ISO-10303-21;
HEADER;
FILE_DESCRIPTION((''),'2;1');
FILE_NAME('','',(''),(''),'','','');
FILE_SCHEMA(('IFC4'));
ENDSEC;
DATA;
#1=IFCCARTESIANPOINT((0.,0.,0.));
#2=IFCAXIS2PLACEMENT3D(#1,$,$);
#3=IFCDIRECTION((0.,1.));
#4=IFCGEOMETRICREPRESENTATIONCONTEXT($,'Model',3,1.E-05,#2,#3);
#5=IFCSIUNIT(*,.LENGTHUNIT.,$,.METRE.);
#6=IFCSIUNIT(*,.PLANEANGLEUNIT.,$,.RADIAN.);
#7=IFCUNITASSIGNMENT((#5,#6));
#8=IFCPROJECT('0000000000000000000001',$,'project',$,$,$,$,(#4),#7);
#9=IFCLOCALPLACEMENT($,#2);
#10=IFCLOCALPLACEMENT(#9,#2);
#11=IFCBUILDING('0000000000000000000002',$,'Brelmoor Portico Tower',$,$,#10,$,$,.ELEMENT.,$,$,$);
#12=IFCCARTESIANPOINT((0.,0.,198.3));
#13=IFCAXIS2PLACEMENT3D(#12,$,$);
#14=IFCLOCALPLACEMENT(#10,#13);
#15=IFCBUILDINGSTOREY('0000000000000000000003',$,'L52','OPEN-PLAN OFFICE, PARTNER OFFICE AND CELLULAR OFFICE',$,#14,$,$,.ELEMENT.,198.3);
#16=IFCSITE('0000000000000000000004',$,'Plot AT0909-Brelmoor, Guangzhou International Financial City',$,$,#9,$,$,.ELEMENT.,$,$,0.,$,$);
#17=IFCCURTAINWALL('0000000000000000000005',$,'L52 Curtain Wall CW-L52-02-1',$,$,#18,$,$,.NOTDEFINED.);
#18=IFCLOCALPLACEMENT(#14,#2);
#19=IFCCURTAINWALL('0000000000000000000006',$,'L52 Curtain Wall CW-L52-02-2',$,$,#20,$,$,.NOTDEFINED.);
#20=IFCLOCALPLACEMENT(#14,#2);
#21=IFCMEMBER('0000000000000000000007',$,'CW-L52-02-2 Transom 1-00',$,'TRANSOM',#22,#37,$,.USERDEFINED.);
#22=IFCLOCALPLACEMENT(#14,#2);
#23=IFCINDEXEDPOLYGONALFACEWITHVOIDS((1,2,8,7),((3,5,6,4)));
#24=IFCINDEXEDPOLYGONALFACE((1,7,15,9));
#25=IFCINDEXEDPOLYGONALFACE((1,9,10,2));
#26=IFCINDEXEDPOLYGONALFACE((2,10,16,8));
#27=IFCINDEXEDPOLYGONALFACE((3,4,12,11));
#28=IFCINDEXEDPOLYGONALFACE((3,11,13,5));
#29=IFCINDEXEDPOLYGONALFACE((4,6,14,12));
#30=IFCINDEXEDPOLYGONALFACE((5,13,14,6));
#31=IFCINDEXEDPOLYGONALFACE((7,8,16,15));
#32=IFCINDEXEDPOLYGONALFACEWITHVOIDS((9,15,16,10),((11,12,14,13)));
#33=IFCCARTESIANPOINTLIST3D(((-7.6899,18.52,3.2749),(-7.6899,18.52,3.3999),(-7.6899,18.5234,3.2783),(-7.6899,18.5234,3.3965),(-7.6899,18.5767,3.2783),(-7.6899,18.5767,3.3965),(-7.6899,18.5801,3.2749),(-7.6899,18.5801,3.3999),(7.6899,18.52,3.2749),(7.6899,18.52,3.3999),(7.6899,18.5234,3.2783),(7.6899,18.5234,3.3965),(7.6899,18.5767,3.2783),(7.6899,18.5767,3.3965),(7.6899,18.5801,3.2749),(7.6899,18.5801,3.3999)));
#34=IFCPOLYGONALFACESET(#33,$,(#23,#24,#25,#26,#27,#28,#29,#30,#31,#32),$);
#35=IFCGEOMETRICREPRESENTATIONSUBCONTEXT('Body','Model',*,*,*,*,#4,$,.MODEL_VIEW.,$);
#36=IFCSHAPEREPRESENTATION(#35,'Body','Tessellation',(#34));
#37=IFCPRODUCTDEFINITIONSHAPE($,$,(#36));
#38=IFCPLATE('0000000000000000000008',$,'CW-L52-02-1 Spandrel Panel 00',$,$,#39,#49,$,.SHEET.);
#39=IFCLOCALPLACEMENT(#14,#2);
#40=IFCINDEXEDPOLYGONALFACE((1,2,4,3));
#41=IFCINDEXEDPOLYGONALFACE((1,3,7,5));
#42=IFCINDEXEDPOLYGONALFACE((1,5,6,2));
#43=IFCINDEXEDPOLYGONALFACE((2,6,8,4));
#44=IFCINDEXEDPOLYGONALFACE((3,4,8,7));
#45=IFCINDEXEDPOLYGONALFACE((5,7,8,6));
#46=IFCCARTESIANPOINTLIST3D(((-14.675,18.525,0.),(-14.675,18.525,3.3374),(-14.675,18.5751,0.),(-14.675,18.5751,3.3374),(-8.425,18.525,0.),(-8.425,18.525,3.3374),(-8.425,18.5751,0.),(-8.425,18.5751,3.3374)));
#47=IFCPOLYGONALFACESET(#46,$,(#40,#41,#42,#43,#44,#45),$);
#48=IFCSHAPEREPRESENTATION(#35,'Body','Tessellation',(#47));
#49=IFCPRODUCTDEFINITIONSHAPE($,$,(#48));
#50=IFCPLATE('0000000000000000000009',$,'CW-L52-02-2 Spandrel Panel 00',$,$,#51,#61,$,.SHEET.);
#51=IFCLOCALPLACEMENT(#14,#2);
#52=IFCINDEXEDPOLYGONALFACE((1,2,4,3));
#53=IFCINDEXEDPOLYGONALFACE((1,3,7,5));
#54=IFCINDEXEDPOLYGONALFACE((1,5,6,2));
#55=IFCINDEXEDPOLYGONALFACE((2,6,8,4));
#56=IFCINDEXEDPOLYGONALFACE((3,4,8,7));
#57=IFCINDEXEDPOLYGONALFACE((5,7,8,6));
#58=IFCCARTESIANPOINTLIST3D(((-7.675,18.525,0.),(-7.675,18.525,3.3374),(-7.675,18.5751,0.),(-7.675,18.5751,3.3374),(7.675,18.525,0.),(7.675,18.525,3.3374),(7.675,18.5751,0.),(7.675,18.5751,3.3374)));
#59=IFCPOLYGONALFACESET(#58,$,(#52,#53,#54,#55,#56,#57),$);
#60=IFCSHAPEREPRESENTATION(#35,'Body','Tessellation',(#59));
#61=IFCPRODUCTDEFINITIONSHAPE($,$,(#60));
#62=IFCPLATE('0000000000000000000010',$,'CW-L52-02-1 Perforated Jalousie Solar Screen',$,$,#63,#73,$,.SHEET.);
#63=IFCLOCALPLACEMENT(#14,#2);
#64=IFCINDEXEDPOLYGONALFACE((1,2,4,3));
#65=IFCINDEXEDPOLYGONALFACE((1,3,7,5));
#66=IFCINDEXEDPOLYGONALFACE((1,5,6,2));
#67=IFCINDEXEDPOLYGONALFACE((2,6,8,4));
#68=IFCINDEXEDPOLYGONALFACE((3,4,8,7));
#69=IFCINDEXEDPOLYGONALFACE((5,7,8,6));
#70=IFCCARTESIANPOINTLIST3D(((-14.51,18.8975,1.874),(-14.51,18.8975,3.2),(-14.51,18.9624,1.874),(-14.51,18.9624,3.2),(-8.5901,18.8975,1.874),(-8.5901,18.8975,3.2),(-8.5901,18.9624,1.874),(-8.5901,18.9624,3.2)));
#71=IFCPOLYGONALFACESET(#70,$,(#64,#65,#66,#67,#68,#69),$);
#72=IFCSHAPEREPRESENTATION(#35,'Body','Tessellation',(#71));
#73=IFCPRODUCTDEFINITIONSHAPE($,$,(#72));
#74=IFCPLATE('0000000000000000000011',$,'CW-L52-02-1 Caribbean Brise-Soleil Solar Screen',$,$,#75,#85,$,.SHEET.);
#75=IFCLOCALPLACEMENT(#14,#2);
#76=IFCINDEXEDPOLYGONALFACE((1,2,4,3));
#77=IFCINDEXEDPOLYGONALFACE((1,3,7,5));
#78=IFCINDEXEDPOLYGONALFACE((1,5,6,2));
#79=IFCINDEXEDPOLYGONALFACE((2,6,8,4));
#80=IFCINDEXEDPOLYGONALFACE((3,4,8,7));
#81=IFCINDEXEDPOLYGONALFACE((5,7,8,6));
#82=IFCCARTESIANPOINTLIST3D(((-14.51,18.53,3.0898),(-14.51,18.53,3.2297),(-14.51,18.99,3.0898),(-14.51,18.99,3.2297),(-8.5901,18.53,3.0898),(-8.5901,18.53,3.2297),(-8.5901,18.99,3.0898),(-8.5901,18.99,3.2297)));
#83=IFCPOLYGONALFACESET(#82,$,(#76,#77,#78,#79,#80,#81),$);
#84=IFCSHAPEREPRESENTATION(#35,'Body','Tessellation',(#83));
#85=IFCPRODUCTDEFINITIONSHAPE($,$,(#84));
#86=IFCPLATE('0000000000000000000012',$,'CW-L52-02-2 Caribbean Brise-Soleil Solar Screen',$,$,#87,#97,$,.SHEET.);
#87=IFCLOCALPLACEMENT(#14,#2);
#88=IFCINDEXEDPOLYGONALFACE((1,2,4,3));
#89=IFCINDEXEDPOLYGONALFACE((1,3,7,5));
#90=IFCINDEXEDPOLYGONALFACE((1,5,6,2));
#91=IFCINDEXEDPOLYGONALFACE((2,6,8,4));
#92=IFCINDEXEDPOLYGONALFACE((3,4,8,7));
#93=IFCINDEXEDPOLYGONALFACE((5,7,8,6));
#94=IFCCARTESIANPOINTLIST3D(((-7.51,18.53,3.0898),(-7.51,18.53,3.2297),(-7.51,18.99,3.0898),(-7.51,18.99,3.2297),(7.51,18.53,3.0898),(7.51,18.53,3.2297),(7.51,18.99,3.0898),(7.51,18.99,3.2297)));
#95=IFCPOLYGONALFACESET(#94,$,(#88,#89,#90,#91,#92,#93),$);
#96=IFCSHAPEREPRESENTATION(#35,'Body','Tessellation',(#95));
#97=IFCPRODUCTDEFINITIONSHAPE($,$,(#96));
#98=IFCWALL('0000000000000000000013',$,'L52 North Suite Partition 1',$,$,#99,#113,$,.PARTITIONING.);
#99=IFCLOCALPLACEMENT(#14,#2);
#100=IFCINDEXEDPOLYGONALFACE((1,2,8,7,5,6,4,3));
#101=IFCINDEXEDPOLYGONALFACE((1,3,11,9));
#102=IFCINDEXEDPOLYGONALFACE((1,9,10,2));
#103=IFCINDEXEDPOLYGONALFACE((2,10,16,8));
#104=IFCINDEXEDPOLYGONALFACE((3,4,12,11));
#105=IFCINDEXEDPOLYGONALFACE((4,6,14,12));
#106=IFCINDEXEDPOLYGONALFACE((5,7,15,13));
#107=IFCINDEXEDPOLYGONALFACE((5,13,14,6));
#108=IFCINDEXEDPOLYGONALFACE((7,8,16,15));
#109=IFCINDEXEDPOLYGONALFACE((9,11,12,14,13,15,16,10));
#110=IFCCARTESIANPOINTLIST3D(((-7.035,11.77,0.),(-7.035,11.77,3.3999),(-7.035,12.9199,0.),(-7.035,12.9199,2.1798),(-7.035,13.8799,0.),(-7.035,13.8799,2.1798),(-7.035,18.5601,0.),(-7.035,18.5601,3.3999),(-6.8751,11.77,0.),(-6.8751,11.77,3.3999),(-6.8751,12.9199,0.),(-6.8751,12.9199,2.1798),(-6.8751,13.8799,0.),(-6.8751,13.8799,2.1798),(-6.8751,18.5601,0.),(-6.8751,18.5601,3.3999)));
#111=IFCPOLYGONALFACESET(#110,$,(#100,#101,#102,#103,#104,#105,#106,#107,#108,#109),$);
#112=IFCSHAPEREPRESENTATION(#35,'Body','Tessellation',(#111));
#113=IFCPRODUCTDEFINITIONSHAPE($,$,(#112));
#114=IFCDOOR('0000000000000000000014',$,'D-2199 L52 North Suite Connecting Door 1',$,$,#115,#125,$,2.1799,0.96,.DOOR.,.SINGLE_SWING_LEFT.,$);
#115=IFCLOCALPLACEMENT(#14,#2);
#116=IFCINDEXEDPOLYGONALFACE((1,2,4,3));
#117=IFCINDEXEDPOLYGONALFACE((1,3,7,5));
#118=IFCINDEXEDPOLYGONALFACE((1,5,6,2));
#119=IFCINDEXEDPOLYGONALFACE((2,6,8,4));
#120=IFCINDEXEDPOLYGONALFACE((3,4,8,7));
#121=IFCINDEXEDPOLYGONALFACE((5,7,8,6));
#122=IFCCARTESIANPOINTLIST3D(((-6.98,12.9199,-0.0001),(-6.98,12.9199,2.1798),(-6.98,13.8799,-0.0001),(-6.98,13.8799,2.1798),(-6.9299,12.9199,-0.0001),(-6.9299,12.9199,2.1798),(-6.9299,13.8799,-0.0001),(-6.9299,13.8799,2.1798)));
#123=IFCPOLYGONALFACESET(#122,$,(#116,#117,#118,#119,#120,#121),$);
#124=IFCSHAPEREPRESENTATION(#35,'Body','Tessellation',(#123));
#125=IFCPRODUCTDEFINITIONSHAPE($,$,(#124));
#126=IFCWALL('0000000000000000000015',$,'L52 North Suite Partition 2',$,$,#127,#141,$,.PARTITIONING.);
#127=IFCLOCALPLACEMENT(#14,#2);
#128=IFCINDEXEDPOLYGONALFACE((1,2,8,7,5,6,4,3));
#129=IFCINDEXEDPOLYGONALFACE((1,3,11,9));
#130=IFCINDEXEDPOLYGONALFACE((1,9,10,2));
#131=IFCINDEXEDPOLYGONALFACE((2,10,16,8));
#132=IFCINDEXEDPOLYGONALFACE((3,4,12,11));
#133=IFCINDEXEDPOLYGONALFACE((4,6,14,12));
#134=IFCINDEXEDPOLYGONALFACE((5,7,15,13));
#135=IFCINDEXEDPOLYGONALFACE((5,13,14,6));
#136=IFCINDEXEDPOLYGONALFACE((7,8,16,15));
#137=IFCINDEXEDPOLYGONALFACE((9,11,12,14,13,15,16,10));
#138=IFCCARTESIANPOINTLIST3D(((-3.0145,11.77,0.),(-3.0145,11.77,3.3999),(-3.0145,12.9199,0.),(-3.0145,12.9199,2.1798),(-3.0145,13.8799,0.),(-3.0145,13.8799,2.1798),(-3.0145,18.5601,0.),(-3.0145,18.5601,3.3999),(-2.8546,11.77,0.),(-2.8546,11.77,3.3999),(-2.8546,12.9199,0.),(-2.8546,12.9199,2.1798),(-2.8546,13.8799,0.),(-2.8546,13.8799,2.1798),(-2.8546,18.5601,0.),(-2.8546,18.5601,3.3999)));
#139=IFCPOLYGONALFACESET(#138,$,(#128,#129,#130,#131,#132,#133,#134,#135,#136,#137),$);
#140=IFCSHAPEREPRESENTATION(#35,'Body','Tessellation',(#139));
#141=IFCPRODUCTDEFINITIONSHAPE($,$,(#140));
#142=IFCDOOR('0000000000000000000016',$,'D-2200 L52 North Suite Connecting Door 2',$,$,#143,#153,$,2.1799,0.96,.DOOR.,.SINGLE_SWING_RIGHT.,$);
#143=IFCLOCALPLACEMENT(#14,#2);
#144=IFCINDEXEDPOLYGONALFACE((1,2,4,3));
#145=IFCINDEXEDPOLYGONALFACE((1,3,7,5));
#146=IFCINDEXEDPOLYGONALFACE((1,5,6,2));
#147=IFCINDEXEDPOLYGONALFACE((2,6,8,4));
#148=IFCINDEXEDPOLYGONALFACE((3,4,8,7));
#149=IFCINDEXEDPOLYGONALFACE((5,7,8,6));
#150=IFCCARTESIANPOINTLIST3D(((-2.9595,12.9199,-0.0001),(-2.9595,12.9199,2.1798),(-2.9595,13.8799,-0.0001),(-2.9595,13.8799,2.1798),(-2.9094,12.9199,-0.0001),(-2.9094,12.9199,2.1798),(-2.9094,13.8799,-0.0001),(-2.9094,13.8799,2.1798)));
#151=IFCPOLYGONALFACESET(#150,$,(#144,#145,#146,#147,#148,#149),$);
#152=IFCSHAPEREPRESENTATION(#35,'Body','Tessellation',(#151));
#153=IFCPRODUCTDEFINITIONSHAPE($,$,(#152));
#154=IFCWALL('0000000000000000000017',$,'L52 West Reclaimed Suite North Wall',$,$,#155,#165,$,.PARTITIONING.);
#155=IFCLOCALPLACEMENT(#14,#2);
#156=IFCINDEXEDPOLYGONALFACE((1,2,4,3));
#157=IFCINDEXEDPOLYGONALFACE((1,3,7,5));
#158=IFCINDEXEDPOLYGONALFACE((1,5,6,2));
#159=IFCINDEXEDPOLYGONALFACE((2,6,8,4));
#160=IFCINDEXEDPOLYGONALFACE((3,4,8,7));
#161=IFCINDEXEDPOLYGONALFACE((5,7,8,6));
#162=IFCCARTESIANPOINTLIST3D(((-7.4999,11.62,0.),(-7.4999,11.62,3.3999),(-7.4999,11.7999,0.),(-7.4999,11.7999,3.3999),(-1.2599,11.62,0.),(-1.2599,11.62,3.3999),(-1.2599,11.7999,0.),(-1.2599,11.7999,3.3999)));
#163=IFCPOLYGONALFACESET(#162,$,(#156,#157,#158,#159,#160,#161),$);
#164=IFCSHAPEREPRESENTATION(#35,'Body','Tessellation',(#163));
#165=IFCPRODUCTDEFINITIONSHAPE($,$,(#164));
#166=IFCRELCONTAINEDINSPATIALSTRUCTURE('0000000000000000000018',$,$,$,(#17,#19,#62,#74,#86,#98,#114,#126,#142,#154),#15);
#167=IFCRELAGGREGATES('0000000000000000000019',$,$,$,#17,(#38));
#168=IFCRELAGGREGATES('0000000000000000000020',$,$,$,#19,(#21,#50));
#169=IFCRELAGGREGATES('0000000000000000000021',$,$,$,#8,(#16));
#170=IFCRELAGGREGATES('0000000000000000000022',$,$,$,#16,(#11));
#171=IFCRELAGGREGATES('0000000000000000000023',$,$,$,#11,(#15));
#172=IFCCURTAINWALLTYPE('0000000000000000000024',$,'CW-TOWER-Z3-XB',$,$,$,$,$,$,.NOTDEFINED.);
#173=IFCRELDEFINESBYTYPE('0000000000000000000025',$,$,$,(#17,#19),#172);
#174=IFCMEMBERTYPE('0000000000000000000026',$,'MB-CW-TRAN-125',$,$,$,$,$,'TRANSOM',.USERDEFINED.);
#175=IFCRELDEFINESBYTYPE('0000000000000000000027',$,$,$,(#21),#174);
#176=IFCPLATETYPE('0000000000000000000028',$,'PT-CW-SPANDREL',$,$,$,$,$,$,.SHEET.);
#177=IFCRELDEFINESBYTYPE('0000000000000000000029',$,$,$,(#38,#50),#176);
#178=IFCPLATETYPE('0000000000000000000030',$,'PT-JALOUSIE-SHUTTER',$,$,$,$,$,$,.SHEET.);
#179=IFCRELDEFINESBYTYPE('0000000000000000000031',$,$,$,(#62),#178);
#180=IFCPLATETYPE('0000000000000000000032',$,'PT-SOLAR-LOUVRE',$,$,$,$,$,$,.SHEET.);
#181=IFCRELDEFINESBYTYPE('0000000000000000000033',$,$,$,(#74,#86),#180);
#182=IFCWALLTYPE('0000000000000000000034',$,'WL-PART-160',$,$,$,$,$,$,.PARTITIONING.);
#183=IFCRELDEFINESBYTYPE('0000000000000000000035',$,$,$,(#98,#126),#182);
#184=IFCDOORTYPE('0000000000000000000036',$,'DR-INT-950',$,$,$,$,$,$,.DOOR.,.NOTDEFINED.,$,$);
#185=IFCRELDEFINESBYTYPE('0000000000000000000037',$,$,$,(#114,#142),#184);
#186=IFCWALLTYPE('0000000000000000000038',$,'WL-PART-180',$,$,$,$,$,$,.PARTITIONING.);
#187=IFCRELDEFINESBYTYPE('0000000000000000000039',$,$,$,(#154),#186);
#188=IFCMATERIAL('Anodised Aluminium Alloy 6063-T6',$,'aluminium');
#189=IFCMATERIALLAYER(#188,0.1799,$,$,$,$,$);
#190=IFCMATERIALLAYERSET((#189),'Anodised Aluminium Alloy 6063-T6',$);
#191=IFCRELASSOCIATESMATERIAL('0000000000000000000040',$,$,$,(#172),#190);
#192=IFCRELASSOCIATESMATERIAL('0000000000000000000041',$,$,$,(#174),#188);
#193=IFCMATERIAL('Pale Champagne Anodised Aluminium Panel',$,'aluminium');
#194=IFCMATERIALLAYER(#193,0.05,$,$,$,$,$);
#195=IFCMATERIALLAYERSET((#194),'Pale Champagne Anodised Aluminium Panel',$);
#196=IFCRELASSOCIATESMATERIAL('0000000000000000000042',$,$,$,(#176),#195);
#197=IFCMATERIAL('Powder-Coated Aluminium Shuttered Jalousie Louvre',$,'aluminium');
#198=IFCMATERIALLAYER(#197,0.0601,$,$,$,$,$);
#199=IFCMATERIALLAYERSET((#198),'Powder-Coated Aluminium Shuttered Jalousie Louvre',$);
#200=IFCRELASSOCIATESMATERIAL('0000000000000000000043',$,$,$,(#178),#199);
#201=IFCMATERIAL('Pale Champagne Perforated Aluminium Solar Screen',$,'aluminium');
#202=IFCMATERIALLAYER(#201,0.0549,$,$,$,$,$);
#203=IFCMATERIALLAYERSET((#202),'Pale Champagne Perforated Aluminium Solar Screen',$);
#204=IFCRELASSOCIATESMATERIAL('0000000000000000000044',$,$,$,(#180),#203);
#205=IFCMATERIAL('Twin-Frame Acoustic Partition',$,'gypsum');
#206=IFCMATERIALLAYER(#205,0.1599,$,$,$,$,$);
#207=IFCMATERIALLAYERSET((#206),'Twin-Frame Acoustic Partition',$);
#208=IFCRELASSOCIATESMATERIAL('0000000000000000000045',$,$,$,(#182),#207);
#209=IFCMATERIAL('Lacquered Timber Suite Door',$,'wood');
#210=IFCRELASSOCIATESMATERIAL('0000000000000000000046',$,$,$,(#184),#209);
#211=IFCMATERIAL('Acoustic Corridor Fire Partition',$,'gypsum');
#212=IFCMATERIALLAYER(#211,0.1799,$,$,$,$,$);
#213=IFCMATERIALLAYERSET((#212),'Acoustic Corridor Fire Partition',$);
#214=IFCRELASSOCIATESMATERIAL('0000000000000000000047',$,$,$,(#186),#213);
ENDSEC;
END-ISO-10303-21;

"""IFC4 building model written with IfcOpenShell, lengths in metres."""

from ifc_helpers import new_model, si_unit, direction, frame, frame_2d, origin, origin_2d, place, context, subcontext, project, spatial, rectangle, hollow_rectangle, extrude, material, layer, layer_set, material_profile, profile_set, type_object, element, fill, aggregate, save


model = new_model("IFC4")

# Units and contexts
model_context = context("Model", 3, precision=1e-05, world=origin(), true_north=direction((0.0, 1.0)))
body_context = subcontext(model_context, "Body", "Model", "MODEL_VIEW")
ifc_project = project(units=[si_unit("LENGTHUNIT", "METRE"), si_unit("PLANEANGLEUNIT", "RADIAN")], contexts=[model_context])

# Site, building, storey
site_placement = place(None, origin())
site = spatial("IfcSite", under=ifc_project, at=site_placement, Name="Plot AT0909-Brelmoor, Guangzhou International Financial City", CompositionType="ELEMENT", RefElevation=0.0)
building_placement = place(site_placement, origin())
building = spatial("IfcBuilding", under=site, at=building_placement, Name="Brelmoor Portico Tower", CompositionType="ELEMENT")
storey_placement = place(building_placement, frame((0.0, 0.0, 198.3)))
storey = spatial("IfcBuildingStorey", under=building, at=storey_placement, Name="L52", Description="OPEN-PLAN OFFICE, PARTNER OFFICE AND CELLULAR OFFICE", CompositionType="ELEMENT", Elevation=198.3)

# Curtain wall
ifc_material_1 = material(Name="Anodised Aluminium Alloy 6063-T6", Category="aluminium")
ifc_layer_1 = layer(ifc_material_1, 0.1799)
ifc_layer_set_1 = layer_set([ifc_layer_1], Name="Anodised Aluminium Alloy 6063-T6")
curtain_wall_type = type_object("IfcCurtainWallType", Name="CW-TOWER-Z3-XB", PredefinedType="NOTDEFINED", material=ifc_layer_set_1)
curtain_wall_1_placement = place(storey_placement, origin())
curtain_wall_1 = element("IfcCurtainWall", 1, at=curtain_wall_1_placement, inside=storey, type_object=curtain_wall_type, Name="L52 Curtain Wall CW-L52-02-1", PredefinedType="NOTDEFINED")

# Curtain wall, member
curtain_wall_2_placement = place(storey_placement, origin())
curtain_wall_2 = element("IfcCurtainWall", 2, at=curtain_wall_2_placement, inside=storey, type_object=curtain_wall_type, Name="L52 Curtain Wall CW-L52-02-2", PredefinedType="NOTDEFINED")
ifc_material_profile_1 = material_profile(ifc_material_1, hollow_rectangle(XDim=0.0601, YDim=0.125, WallThickness=0.0034, at=origin_2d()), Name="ALU TRANSOM 60x125")
ifc_profile_set_1 = profile_set([ifc_material_profile_1], Name="Anodised Aluminium Alloy 6063-T6")
member_type_1 = type_object("IfcMemberType", Name="MB-CW-TRAN-125", ElementType="TRANSOM", PredefinedType="USERDEFINED", material=ifc_profile_set_1)
member_1_placement = place(storey_placement, frame((-7.6899, 18.55, 3.3374), z_axis=(1.0, 0.0, 0.0), x_axis=(0.0, 1.0, 0.0)))
member_1 = element("IfcMember", 3, at=member_1_placement, type_object=member_type_1, Name="CW-L52-02-2 Transom 1-00", ObjectType="TRANSOM", PredefinedType="USERDEFINED", context=body_context, shape_type="SweptSolid", body=[
    extrude(hollow_rectangle(XDim=0.0601, YDim=0.125, WallThickness=0.0034, at=origin_2d()), origin(), (0.0, 0.0, 1.0), 15.3799),
])

# Plates
ifc_material_2 = material(Name="Pale Champagne Anodised Aluminium Panel", Category="aluminium")
ifc_layer_2 = layer(ifc_material_2, 0.05)
ifc_layer_set_2 = layer_set([ifc_layer_2], Name="Pale Champagne Anodised Aluminium Panel")
plate_type_1 = type_object("IfcPlateType", Name="PT-CW-SPANDREL", PredefinedType="SHEET", material=ifc_layer_set_2)
plate_1_placement = place(storey_placement, frame((-11.55, 18.55, 0.0), z_axis=(0.0, 0.0, 1.0), x_axis=(1.0, 0.0, 0.0)))
plate_1 = element("IfcPlate", 4, at=plate_1_placement, type_object=plate_type_1, Name="CW-L52-02-1 Spandrel Panel 00", PredefinedType="SHEET", context=body_context, shape_type="SweptSolid", body=[
    extrude(rectangle(XDim=6.25, YDim=0.05, at=origin_2d()), origin(), (0.0, 0.0, 1.0), 3.3374),
])
aggregate(curtain_wall_1, [plate_1])
plate_2_placement = place(storey_placement, frame((0.0, 18.55, 0.0), z_axis=(0.0, 0.0, 1.0), x_axis=(1.0, 0.0, 0.0)))
plate_2 = element("IfcPlate", 5, at=plate_2_placement, type_object=plate_type_1, Name="CW-L52-02-2 Spandrel Panel 00", PredefinedType="SHEET", context=body_context, shape_type="SweptSolid", body=[
    extrude(rectangle(XDim=15.3501, YDim=0.05, at=origin_2d()), origin(), (0.0, 0.0, 1.0), 3.3374),
])
aggregate(curtain_wall_2, [member_1, plate_2])

# Plates
ifc_material_3 = material(Name="Powder-Coated Aluminium Shuttered Jalousie Louvre", Category="aluminium")
ifc_layer_3 = layer(ifc_material_3, 0.0601)
ifc_layer_set_3 = layer_set([ifc_layer_3], Name="Powder-Coated Aluminium Shuttered Jalousie Louvre")
plate_type_2 = type_object("IfcPlateType", Name="PT-JALOUSIE-SHUTTER", PredefinedType="SHEET", material=ifc_layer_set_3)
plate_3_placement = place(storey_placement, frame((-11.55, 18.9299, 1.874), z_axis=(0.0, 0.0, 1.0), x_axis=(1.0, 0.0, 0.0)))
element("IfcPlate", 6, at=plate_3_placement, inside=storey, type_object=plate_type_2, Name="CW-L52-02-1 Perforated Jalousie Solar Screen", PredefinedType="SHEET", context=body_context, shape_type="SweptSolid", body=[
    extrude(rectangle(XDim=5.9199, YDim=0.0649, at=origin_2d()), origin(), (0.0, 0.0, 1.0), 1.3259),
])
ifc_material_4 = material(Name="Pale Champagne Perforated Aluminium Solar Screen", Category="aluminium")
ifc_layer_4 = layer(ifc_material_4, 0.0549)
ifc_layer_set_4 = layer_set([ifc_layer_4], Name="Pale Champagne Perforated Aluminium Solar Screen")
plate_type_3 = type_object("IfcPlateType", Name="PT-SOLAR-LOUVRE", PredefinedType="SHEET", material=ifc_layer_set_4)
plate_4_placement = place(storey_placement, frame((-11.55, 18.76, 3.0898), z_axis=(0.0, 0.0, 1.0), x_axis=(1.0, 0.0, 0.0)))
element("IfcPlate", 7, at=plate_4_placement, inside=storey, type_object=plate_type_3, Name="CW-L52-02-1 Caribbean Brise-Soleil Solar Screen", PredefinedType="SHEET", context=body_context, shape_type="SweptSolid", body=[
    extrude(rectangle(XDim=5.9199, YDim=0.46, at=origin_2d()), origin(), (0.0, 0.0, 1.0), 0.1399),
])
plate_5_placement = place(storey_placement, frame((0.0, 18.76, 3.0898), z_axis=(0.0, 0.0, 1.0), x_axis=(1.0, 0.0, 0.0)))
element("IfcPlate", 8, at=plate_5_placement, inside=storey, type_object=plate_type_3, Name="CW-L52-02-2 Caribbean Brise-Soleil Solar Screen", PredefinedType="SHEET", context=body_context, shape_type="SweptSolid", body=[
    extrude(rectangle(XDim=15.02, YDim=0.46, at=origin_2d()), origin(), (0.0, 0.0, 1.0), 0.1399),
])

# Walls, openings, doors
ifc_material_5 = material(Name="Twin-Frame Acoustic Partition", Category="gypsum")
ifc_layer_5 = layer(ifc_material_5, 0.1599)
ifc_layer_set_5 = layer_set([ifc_layer_5], Name="Twin-Frame Acoustic Partition")
wall_type_1 = type_object("IfcWallType", Name="WL-PART-160", PredefinedType="PARTITIONING", material=ifc_layer_set_5)
wall_1_placement = place(storey_placement, frame((-6.9551, 11.77, 0.0), z_axis=(0.0, 0.0, 1.0), x_axis=(0.0, 1.0, 0.0)))
wall_1 = element("IfcWall", 9, at=wall_1_placement, inside=storey, type_object=wall_type_1, Name="L52 North Suite Partition 1", PredefinedType="PARTITIONING", context=body_context, shape_type="SweptSolid", body=[
    extrude(rectangle(XDim=6.79, YDim=0.1599, at=frame_2d((3.395, 0.0))), origin(), (0.0, 0.0, 1.0), 3.3999),
])
opening_1_placement = place(wall_1_placement, frame((1.1499, 0.0, 0.0)))
opening_1 = element("IfcOpeningElement", 10, at=opening_1_placement, cuts=wall_1, PredefinedType="OPENING", context=body_context, shape_type="SweptSolid", body=[
    extrude(rectangle(XDim=0.96, YDim=2.1799, at=frame_2d((0.48, 1.0898))), frame((0.0, 0.0898, 0.0), z_axis=(0.0, -1.0, 0.0), x_axis=(1.0, 0.0, 0.0)), (0.0, 0.0, 1.0), 0.1799),
])
ifc_material_6 = material(Name="Lacquered Timber Suite Door", Category="wood")
door_type_1 = type_object("IfcDoorType", Name="DR-INT-950", OperationType="NOTDEFINED", PredefinedType="DOOR", material=ifc_material_6)
door_1_placement = place(opening_1_placement, origin())
door_1 = element("IfcDoor", 11, at=door_1_placement, inside=storey, type_object=door_type_1, Name="D-2199 L52 North Suite Connecting Door 1", OperationType="SINGLE_SWING_LEFT", OverallHeight=2.1799, OverallWidth=0.96, PredefinedType="DOOR", context=body_context, shape_type="SweptSolid", body=[
    extrude(rectangle(XDim=0.96, YDim=2.1799, at=frame_2d((0.48, 1.0898))), frame((0.0, 0.0249, 0.0), z_axis=(0.0, -1.0, 0.0), x_axis=(1.0, 0.0, 0.0)), (0.0, 0.0, 1.0), 0.05),
])
fill(opening_1, door_1)
wall_2_placement = place(storey_placement, frame((-2.9346, 11.77, 0.0), z_axis=(0.0, 0.0, 1.0), x_axis=(0.0, 1.0, 0.0)))
wall_2 = element("IfcWall", 12, at=wall_2_placement, inside=storey, type_object=wall_type_1, Name="L52 North Suite Partition 2", PredefinedType="PARTITIONING", context=body_context, shape_type="SweptSolid", body=[
    extrude(rectangle(XDim=6.79, YDim=0.1599, at=frame_2d((3.395, 0.0))), origin(), (0.0, 0.0, 1.0), 3.3999),
])
opening_2_placement = place(wall_2_placement, frame((1.1499, 0.0, 0.0)))
opening_2 = element("IfcOpeningElement", 13, at=opening_2_placement, cuts=wall_2, PredefinedType="OPENING", context=body_context, shape_type="SweptSolid", body=[
    extrude(rectangle(XDim=0.96, YDim=2.1799, at=frame_2d((0.48, 1.0898))), frame((0.0, 0.0898, 0.0), z_axis=(0.0, -1.0, 0.0), x_axis=(1.0, 0.0, 0.0)), (0.0, 0.0, 1.0), 0.1799),
])
door_2_placement = place(opening_2_placement, origin())
door_2 = element("IfcDoor", 14, at=door_2_placement, inside=storey, type_object=door_type_1, Name="D-2200 L52 North Suite Connecting Door 2", OperationType="SINGLE_SWING_RIGHT", OverallHeight=2.1799, OverallWidth=0.96, PredefinedType="DOOR", context=body_context, shape_type="SweptSolid", body=[
    extrude(rectangle(XDim=0.96, YDim=2.1799, at=frame_2d((0.48, 1.0898))), frame((0.0, 0.0249, 0.0), z_axis=(0.0, -1.0, 0.0), x_axis=(1.0, 0.0, 0.0)), (0.0, 0.0, 1.0), 0.05),
])
fill(opening_2, door_2)

# Wall
ifc_material_7 = material(Name="Acoustic Corridor Fire Partition", Category="gypsum")
ifc_layer_6 = layer(ifc_material_7, 0.1799)
ifc_layer_set_6 = layer_set([ifc_layer_6], Name="Acoustic Corridor Fire Partition")
wall_type_2 = type_object("IfcWallType", Name="WL-PART-180", PredefinedType="PARTITIONING", material=ifc_layer_set_6)
wall_3_placement = place(storey_placement, frame((-7.5, 11.71, 0.0), z_axis=(0.0, 0.0, 1.0), x_axis=(1.0, 0.0, 0.0)))
element("IfcWall", 15, at=wall_3_placement, inside=storey, type_object=wall_type_2, Name="L52 West Reclaimed Suite North Wall", PredefinedType="PARTITIONING", context=body_context, shape_type="SweptSolid", body=[
    extrude(rectangle(XDim=6.24, YDim=0.1799, at=frame_2d((3.1201, 0.0))), origin(), (0.0, 0.0, 1.0), 3.3999),
])

save(model, "model.ifc")
